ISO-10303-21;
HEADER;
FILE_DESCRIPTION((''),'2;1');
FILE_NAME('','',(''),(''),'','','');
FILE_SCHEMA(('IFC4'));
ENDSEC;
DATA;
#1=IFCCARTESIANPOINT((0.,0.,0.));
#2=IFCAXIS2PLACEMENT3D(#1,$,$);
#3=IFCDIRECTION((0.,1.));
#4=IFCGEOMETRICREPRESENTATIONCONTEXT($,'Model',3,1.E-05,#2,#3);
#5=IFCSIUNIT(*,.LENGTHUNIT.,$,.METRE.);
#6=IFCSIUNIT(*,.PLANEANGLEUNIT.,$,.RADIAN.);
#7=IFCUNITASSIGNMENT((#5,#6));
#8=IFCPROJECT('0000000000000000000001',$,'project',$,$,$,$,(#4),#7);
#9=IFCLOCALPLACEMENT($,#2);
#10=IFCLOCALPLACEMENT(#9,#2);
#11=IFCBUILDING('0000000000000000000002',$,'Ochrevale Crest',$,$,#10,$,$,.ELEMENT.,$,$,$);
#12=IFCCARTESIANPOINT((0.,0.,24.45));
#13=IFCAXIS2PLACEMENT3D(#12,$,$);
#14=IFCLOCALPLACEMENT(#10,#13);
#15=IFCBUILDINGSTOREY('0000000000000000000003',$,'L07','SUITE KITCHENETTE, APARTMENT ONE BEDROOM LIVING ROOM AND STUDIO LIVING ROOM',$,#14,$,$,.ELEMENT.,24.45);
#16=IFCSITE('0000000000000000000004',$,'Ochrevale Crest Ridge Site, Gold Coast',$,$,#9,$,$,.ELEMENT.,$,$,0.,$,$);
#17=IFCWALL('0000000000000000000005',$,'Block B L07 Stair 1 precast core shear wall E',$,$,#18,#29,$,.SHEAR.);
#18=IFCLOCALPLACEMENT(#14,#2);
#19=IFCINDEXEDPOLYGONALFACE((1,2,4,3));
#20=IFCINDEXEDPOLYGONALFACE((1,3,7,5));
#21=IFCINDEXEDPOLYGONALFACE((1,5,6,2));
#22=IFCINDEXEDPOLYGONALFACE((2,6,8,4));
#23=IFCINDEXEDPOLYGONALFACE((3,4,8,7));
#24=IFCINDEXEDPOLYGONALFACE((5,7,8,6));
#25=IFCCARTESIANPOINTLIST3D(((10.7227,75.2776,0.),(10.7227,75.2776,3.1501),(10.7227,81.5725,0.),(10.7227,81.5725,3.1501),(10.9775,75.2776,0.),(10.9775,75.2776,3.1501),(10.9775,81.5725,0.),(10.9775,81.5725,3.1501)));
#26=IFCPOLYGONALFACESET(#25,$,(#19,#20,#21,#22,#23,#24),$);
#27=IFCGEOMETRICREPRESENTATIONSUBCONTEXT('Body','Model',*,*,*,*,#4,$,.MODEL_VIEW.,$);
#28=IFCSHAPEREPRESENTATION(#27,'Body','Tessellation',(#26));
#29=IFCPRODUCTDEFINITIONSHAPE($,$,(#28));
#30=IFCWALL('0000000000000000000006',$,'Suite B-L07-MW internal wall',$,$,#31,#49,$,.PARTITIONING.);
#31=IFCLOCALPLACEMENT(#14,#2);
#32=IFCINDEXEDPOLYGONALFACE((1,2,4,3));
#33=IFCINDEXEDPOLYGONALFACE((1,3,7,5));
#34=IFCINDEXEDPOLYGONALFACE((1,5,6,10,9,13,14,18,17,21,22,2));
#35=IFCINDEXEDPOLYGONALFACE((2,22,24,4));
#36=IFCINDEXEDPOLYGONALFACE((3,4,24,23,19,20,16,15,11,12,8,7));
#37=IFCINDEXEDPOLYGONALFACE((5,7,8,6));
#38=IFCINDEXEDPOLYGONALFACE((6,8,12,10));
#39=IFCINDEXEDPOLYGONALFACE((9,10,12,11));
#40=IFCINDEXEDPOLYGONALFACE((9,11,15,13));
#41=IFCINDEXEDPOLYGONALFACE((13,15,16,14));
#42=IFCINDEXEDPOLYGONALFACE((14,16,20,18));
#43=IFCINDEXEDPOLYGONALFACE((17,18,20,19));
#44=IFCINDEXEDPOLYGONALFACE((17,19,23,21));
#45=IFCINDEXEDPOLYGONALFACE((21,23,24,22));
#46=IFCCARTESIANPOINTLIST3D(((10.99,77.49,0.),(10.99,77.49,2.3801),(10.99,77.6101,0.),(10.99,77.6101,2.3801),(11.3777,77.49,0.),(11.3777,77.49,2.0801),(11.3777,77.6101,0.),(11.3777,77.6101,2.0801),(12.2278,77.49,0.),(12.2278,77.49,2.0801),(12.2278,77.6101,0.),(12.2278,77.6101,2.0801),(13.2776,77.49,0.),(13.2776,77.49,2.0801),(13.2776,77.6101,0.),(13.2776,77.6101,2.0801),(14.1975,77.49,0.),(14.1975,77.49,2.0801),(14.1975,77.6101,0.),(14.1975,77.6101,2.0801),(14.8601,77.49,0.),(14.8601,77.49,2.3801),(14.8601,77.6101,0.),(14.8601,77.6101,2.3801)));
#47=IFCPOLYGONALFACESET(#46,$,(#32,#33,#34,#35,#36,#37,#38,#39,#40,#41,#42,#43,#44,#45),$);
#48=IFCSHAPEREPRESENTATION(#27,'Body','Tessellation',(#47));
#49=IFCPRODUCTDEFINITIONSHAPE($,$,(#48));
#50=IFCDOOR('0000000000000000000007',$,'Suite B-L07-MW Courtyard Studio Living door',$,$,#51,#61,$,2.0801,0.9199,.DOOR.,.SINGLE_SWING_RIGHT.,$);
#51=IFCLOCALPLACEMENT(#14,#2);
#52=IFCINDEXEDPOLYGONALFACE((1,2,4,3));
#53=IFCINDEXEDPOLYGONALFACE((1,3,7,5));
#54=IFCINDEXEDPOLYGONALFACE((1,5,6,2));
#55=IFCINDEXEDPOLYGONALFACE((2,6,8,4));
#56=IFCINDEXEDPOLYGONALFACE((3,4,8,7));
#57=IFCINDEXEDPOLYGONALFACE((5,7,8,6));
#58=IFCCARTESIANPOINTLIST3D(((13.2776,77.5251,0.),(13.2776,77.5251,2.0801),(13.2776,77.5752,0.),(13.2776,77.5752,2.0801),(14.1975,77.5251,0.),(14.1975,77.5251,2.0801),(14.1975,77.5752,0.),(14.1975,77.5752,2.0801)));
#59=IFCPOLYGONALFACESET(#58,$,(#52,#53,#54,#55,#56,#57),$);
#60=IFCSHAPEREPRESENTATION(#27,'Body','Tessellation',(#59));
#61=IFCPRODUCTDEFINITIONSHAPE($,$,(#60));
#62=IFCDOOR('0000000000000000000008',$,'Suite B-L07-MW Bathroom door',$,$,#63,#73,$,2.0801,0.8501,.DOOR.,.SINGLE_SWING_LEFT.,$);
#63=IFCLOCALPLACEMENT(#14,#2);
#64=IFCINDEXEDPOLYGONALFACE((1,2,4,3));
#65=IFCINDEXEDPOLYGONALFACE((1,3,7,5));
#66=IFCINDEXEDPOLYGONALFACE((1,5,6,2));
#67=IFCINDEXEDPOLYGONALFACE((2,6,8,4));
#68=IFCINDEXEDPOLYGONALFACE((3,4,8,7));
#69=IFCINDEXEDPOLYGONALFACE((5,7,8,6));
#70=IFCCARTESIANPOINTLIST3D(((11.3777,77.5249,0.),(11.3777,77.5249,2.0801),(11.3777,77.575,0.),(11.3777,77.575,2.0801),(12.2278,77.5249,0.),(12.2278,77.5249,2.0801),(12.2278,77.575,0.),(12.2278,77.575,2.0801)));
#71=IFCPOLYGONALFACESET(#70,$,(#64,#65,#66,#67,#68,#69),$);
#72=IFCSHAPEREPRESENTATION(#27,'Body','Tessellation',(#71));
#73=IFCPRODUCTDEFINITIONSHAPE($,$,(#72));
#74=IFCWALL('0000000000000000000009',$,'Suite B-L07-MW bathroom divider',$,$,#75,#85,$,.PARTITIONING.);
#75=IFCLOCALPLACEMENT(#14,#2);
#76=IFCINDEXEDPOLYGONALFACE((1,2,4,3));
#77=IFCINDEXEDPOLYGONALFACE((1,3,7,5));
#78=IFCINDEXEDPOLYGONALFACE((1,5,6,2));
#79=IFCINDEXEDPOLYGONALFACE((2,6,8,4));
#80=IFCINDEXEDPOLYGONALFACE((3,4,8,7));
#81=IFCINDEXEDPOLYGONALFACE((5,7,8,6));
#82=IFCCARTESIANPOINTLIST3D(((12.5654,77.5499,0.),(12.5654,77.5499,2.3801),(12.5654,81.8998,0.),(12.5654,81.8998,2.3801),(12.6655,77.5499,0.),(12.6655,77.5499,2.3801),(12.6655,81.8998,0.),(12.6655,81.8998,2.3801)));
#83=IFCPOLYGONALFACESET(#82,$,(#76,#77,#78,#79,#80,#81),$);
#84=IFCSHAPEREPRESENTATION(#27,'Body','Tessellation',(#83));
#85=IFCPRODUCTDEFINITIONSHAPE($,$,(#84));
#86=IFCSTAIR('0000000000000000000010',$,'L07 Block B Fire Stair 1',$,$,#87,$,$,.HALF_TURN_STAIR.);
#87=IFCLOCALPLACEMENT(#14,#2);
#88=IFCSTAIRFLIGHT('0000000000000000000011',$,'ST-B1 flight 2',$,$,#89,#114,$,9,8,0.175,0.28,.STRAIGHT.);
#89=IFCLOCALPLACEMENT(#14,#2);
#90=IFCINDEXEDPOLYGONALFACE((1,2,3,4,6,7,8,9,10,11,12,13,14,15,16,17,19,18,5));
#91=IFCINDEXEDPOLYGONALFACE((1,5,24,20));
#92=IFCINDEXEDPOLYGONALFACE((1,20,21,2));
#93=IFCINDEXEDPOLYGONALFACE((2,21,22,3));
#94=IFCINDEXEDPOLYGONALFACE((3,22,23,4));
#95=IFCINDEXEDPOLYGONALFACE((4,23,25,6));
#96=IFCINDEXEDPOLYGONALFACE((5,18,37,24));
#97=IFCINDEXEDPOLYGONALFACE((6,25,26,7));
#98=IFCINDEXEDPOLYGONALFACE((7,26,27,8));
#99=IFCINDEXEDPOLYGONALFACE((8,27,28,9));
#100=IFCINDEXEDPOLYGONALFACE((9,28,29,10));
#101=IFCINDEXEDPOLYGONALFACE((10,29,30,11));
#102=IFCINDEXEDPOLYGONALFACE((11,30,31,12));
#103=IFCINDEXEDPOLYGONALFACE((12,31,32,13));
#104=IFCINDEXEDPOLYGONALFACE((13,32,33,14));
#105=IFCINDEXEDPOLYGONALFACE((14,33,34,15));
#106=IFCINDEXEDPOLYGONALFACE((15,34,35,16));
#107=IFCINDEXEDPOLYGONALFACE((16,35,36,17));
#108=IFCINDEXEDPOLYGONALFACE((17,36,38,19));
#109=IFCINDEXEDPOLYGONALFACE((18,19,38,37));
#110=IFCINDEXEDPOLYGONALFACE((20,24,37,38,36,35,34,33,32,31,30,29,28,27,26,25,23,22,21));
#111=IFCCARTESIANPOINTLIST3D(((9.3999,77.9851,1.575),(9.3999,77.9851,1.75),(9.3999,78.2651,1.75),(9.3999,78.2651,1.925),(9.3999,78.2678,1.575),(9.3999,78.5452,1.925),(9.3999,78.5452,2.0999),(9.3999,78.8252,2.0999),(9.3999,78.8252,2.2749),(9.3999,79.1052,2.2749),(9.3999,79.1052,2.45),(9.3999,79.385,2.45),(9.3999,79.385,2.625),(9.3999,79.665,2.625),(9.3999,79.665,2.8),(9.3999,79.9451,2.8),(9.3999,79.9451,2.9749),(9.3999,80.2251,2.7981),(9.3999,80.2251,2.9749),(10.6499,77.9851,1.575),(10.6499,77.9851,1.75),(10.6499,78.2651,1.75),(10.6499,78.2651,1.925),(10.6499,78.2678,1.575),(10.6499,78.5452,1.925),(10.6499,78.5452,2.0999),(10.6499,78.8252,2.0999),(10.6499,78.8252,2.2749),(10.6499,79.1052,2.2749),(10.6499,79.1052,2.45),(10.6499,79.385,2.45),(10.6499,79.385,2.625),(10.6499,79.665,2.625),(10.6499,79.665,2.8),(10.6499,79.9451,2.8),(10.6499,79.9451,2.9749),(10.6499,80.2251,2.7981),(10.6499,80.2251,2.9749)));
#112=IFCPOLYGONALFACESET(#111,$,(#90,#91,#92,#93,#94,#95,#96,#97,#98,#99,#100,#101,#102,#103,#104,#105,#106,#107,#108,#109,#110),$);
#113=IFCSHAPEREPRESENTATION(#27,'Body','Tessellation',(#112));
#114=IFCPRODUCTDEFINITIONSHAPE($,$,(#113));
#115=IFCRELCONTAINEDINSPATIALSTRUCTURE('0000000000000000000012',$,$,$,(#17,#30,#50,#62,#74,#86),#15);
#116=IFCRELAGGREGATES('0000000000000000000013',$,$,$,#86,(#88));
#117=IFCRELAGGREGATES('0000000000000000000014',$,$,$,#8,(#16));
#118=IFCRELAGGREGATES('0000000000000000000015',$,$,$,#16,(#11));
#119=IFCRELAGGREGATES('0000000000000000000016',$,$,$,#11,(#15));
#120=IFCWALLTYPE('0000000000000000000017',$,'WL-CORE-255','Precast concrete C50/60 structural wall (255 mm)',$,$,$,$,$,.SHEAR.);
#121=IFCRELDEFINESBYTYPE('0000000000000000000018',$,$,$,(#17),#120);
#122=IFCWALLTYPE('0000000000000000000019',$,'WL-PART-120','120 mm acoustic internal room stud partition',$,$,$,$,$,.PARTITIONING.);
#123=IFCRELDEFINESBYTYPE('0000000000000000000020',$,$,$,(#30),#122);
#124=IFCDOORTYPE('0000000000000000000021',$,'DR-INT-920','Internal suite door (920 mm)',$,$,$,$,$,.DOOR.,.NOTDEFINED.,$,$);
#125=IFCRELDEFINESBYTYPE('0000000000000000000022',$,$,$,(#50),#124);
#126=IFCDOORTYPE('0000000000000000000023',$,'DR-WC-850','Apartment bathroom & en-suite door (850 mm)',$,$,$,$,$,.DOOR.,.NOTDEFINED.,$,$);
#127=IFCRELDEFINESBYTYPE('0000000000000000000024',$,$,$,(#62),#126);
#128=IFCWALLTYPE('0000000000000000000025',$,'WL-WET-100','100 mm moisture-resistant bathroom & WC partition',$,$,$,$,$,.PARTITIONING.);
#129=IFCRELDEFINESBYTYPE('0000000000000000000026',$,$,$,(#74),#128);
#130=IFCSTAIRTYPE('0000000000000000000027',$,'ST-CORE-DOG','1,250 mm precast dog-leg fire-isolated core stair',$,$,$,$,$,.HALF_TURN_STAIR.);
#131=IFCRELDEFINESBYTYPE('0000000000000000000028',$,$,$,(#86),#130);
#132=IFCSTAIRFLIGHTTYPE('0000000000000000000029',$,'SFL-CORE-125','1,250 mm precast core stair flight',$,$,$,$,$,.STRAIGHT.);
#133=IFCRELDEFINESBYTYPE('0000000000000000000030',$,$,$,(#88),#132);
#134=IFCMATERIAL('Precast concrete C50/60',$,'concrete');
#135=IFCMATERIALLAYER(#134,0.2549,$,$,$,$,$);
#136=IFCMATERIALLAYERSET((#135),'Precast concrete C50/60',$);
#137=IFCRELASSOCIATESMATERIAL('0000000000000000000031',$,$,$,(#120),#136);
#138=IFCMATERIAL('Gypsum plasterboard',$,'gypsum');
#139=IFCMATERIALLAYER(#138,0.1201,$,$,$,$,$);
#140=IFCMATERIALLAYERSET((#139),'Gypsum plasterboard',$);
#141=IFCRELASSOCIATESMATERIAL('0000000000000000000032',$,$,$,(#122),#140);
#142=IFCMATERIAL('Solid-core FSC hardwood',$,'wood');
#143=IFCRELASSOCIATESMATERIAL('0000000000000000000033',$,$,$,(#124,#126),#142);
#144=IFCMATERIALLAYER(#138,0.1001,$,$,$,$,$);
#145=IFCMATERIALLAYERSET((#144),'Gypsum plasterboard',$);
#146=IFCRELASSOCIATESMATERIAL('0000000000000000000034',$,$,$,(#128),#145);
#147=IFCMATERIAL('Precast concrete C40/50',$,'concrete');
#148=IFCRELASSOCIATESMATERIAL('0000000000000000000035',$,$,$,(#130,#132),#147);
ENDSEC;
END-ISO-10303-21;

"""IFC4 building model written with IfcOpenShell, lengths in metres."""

from ifc_helpers import new_model, si_unit, direction, frame, frame_2d, origin, place, context, subcontext, project, spatial, polyline, rectangle, outline, extrude, material, layer, layer_set, type_object, element, fill, aggregate, save


model = new_model("IFC4")

# Units and contexts
model_context = context("Model", 3, precision=1e-05, world=origin(), true_north=direction((0.0, 1.0)))
body_context = subcontext(model_context, "Body", "Model", "MODEL_VIEW")
ifc_project = project(units=[si_unit("LENGTHUNIT", "METRE"), si_unit("PLANEANGLEUNIT", "RADIAN")], contexts=[model_context])

# Site, building, storey
site_placement = place(None, origin())
site = spatial("IfcSite", under=ifc_project, at=site_placement, Name="Ochrevale Crest Ridge Site, Gold Coast", CompositionType="ELEMENT", RefElevation=0.0)
building_placement = place(site_placement, origin())
building = spatial("IfcBuilding", under=site, at=building_placement, Name="Ochrevale Crest", CompositionType="ELEMENT")
storey_placement = place(building_placement, frame((0.0, 0.0, 24.45)))
storey = spatial("IfcBuildingStorey", under=building, at=storey_placement, Name="L07", Description="SUITE KITCHENETTE, APARTMENT ONE BEDROOM LIVING ROOM AND STUDIO LIVING ROOM", CompositionType="ELEMENT", Elevation=24.45)

# Shared definitions
ifc_material_1 = material(Name="Precast concrete C50/60", Category="concrete")

# Wall
ifc_layer_1 = layer(ifc_material_1, 0.2549)
ifc_layer_set_1 = layer_set([ifc_layer_1], Name="Precast concrete C50/60")
wall_type_1 = type_object("IfcWallType", Name="WL-CORE-255", Description="Precast concrete C50/60 structural wall (255 mm)", PredefinedType="SHEAR", material=ifc_layer_set_1)
for number, where, z_axis, x_axis, name in (
    (1, (10.8501, 75.2776, 0.0), (0.0, 0.0, 1.0), (0.0, 1.0, 0.0), "Block B L07 Stair 1 precast core shear wall E"),
):
    element("IfcWall", number, at=place(storey_placement, frame(where, z_axis=z_axis, x_axis=x_axis)), inside=storey, type_object=wall_type_1, Name=name, PredefinedType="SHEAR", context=body_context, shape_type="SweptSolid", body=[
        extrude(rectangle(XDim=6.2949, YDim=0.2549, at=frame_2d((3.1475, 0.0))), origin(), (0.0, 0.0, 1.0), 3.1501),
    ])

# Wall, openings, doors
ifc_material_2 = material(Name="Gypsum plasterboard", Category="gypsum")
ifc_layer_2 = layer(ifc_material_2, 0.1201)
ifc_layer_set_2 = layer_set([ifc_layer_2], Name="Gypsum plasterboard")
wall_type_2 = type_object("IfcWallType", Name="WL-PART-120", Description="120 mm acoustic internal room stud partition", PredefinedType="PARTITIONING", material=ifc_layer_set_2)
wall_1_placement = place(storey_placement, frame((10.99, 77.55, 0.0), z_axis=(0.0, 0.0, 1.0), x_axis=(1.0, 0.0, 0.0)))
wall_1 = element("IfcWall", 2, at=wall_1_placement, inside=storey, type_object=wall_type_2, Name="Suite B-L07-MW internal wall", PredefinedType="PARTITIONING", context=body_context, shape_type="SweptSolid", body=[
    extrude(rectangle(XDim=3.8701, YDim=0.1201, at=frame_2d((1.9351, 0.0))), origin(), (0.0, 0.0, 1.0), 2.3801),
])
opening_1_placement = place(wall_1_placement, frame((0.3877, 0.0, 0.0)))
opening_1 = element("IfcOpeningElement", 3, at=opening_1_placement, cuts=wall_1, PredefinedType="OPENING", context=body_context, shape_type="SweptSolid", body=[
    extrude(rectangle(XDim=0.8501, YDim=2.0801, at=frame_2d((0.425, 1.04))), frame((0.0, 0.0701, 0.0), z_axis=(0.0, -1.0, 0.0), x_axis=(1.0, 0.0, 0.0)), (0.0, 0.0, 1.0), 0.1401),
])
opening_2_placement = place(wall_1_placement, frame((3.2075, 0.0, 0.0), z_axis=(0.0, 0.0, 1.0), x_axis=(-1.0, 0.0, 0.0)))
opening_2 = element("IfcOpeningElement", 4, at=opening_2_placement, cuts=wall_1, PredefinedType="OPENING", context=body_context, shape_type="SweptSolid", body=[
    extrude(rectangle(XDim=0.9199, YDim=2.0801, at=frame_2d((0.46, 1.04))), frame((0.0, 0.0701, 0.0), z_axis=(0.0, -1.0, 0.0), x_axis=(1.0, 0.0, 0.0)), (0.0, 0.0, 1.0), 0.1401),
])
ifc_material_3 = material(Name="Solid-core FSC hardwood", Category="wood")
door_type_1 = type_object("IfcDoorType", Name="DR-INT-920", Description="Internal suite door (920 mm)", OperationType="NOTDEFINED", PredefinedType="DOOR", material=ifc_material_3)
door_1_placement = place(opening_2_placement, origin())
door_1 = element("IfcDoor", 5, at=door_1_placement, inside=storey, type_object=door_type_1, Name="Suite B-L07-MW Courtyard Studio Living door", OperationType="SINGLE_SWING_RIGHT", OverallHeight=2.0801, OverallWidth=0.9199, PredefinedType="DOOR", context=body_context, shape_type="SweptSolid", body=[
    extrude(rectangle(XDim=0.9199, YDim=2.0801, at=frame_2d((0.46, 1.04))), frame((0.0, 0.0249, 0.0), z_axis=(0.0, -1.0, 0.0), x_axis=(1.0, 0.0, 0.0)), (0.0, 0.0, 1.0), 0.05),
])
fill(opening_2, door_1)
door_type_2 = type_object("IfcDoorType", Name="DR-WC-850", Description="Apartment bathroom & en-suite door (850 mm)", OperationType="NOTDEFINED", PredefinedType="DOOR", material=ifc_material_3)
door_2_placement = place(opening_1_placement, origin())
door_2 = element("IfcDoor", 6, at=door_2_placement, inside=storey, type_object=door_type_2, Name="Suite B-L07-MW Bathroom door", OperationType="SINGLE_SWING_LEFT", OverallHeight=2.0801, OverallWidth=0.8501, PredefinedType="DOOR", context=body_context, shape_type="SweptSolid", body=[
    extrude(rectangle(XDim=0.8501, YDim=2.0801, at=frame_2d((0.425, 1.04))), frame((0.0, 0.0249, 0.0), z_axis=(0.0, -1.0, 0.0), x_axis=(1.0, 0.0, 0.0)), (0.0, 0.0, 1.0), 0.05),
])
fill(opening_1, door_2)

# Wall
ifc_layer_3 = layer(ifc_material_2, 0.1001)
ifc_layer_set_3 = layer_set([ifc_layer_3], Name="Gypsum plasterboard")
wall_type_3 = type_object("IfcWallType", Name="WL-WET-100", Description="100 mm moisture-resistant bathroom & WC partition", PredefinedType="PARTITIONING", material=ifc_layer_set_3)
wall_2_placement = place(storey_placement, frame((12.6155, 77.55, 0.0), z_axis=(0.0, 0.0, 1.0), x_axis=(0.0, 1.0, 0.0)))
element("IfcWall", 7, at=wall_2_placement, inside=storey, type_object=wall_type_3, Name="Suite B-L07-MW bathroom divider", PredefinedType="PARTITIONING", context=body_context, shape_type="SweptSolid", body=[
    extrude(rectangle(XDim=4.3499, YDim=0.1001, at=frame_2d((2.1748, 0.0))), origin(), (0.0, 0.0, 1.0), 2.3801),
])

# Stair, stair flight
ifc_material_4 = material(Name="Precast concrete C40/50", Category="concrete")
stair_type = type_object("IfcStairType", Name="ST-CORE-DOG", Description="1,250 mm precast dog-leg fire-isolated core stair", PredefinedType="HALF_TURN_STAIR", material=ifc_material_4)
stair_placement = place(storey_placement, origin())
stair = element("IfcStair", 8, at=stair_placement, inside=storey, type_object=stair_type, Name="L07 Block B Fire Stair 1", PredefinedType="HALF_TURN_STAIR")
stair_flight_type = type_object("IfcStairFlightType", Name="SFL-CORE-125", Description="1,250 mm precast core stair flight", PredefinedType="STRAIGHT", material=ifc_material_4)
stair_flight_placement = place(storey_placement, frame((10.0249, 77.9851, 1.575), z_axis=(0.0, 0.0, 1.0), x_axis=(0.0, 1.0, 0.0)))
stair_flight = element("IfcStairFlight", 9, at=stair_flight_placement, type_object=stair_flight_type, Name="ST-B1 flight 2", NumberOfRisers=9, NumberOfTreads=8, PredefinedType="STRAIGHT", RiserHeight=0.175, TreadLength=0.28, context=body_context, shape_type="SweptSolid", body=[
    extrude(outline(polyline([(0.0, 0.0), (0.0, 0.175), (0.28, 0.175), (0.28, 0.3501), (0.5601, 0.3501), (0.5601, 0.5249), (0.8401, 0.5249), (0.8401, 0.7), (1.1201, 0.7), (1.1201, 0.875), (1.3999, 0.875), (1.3999, 1.05), (1.6799, 1.05), (1.6799, 1.2251), (1.96, 1.2251), (1.96, 1.3999), (2.24, 1.3999), (2.24, 1.575), (2.24, 1.2231), (0.2827, 0.0), (0.0, 0.0)])), frame((0.0, 0.625, 0.0), z_axis=(0.0, -1.0, 0.0), x_axis=(1.0, 0.0, 0.0)), (0.0, 0.0, 1.0), 1.25),
])
aggregate(stair, [stair_flight])

save(model, "model.ifc")
